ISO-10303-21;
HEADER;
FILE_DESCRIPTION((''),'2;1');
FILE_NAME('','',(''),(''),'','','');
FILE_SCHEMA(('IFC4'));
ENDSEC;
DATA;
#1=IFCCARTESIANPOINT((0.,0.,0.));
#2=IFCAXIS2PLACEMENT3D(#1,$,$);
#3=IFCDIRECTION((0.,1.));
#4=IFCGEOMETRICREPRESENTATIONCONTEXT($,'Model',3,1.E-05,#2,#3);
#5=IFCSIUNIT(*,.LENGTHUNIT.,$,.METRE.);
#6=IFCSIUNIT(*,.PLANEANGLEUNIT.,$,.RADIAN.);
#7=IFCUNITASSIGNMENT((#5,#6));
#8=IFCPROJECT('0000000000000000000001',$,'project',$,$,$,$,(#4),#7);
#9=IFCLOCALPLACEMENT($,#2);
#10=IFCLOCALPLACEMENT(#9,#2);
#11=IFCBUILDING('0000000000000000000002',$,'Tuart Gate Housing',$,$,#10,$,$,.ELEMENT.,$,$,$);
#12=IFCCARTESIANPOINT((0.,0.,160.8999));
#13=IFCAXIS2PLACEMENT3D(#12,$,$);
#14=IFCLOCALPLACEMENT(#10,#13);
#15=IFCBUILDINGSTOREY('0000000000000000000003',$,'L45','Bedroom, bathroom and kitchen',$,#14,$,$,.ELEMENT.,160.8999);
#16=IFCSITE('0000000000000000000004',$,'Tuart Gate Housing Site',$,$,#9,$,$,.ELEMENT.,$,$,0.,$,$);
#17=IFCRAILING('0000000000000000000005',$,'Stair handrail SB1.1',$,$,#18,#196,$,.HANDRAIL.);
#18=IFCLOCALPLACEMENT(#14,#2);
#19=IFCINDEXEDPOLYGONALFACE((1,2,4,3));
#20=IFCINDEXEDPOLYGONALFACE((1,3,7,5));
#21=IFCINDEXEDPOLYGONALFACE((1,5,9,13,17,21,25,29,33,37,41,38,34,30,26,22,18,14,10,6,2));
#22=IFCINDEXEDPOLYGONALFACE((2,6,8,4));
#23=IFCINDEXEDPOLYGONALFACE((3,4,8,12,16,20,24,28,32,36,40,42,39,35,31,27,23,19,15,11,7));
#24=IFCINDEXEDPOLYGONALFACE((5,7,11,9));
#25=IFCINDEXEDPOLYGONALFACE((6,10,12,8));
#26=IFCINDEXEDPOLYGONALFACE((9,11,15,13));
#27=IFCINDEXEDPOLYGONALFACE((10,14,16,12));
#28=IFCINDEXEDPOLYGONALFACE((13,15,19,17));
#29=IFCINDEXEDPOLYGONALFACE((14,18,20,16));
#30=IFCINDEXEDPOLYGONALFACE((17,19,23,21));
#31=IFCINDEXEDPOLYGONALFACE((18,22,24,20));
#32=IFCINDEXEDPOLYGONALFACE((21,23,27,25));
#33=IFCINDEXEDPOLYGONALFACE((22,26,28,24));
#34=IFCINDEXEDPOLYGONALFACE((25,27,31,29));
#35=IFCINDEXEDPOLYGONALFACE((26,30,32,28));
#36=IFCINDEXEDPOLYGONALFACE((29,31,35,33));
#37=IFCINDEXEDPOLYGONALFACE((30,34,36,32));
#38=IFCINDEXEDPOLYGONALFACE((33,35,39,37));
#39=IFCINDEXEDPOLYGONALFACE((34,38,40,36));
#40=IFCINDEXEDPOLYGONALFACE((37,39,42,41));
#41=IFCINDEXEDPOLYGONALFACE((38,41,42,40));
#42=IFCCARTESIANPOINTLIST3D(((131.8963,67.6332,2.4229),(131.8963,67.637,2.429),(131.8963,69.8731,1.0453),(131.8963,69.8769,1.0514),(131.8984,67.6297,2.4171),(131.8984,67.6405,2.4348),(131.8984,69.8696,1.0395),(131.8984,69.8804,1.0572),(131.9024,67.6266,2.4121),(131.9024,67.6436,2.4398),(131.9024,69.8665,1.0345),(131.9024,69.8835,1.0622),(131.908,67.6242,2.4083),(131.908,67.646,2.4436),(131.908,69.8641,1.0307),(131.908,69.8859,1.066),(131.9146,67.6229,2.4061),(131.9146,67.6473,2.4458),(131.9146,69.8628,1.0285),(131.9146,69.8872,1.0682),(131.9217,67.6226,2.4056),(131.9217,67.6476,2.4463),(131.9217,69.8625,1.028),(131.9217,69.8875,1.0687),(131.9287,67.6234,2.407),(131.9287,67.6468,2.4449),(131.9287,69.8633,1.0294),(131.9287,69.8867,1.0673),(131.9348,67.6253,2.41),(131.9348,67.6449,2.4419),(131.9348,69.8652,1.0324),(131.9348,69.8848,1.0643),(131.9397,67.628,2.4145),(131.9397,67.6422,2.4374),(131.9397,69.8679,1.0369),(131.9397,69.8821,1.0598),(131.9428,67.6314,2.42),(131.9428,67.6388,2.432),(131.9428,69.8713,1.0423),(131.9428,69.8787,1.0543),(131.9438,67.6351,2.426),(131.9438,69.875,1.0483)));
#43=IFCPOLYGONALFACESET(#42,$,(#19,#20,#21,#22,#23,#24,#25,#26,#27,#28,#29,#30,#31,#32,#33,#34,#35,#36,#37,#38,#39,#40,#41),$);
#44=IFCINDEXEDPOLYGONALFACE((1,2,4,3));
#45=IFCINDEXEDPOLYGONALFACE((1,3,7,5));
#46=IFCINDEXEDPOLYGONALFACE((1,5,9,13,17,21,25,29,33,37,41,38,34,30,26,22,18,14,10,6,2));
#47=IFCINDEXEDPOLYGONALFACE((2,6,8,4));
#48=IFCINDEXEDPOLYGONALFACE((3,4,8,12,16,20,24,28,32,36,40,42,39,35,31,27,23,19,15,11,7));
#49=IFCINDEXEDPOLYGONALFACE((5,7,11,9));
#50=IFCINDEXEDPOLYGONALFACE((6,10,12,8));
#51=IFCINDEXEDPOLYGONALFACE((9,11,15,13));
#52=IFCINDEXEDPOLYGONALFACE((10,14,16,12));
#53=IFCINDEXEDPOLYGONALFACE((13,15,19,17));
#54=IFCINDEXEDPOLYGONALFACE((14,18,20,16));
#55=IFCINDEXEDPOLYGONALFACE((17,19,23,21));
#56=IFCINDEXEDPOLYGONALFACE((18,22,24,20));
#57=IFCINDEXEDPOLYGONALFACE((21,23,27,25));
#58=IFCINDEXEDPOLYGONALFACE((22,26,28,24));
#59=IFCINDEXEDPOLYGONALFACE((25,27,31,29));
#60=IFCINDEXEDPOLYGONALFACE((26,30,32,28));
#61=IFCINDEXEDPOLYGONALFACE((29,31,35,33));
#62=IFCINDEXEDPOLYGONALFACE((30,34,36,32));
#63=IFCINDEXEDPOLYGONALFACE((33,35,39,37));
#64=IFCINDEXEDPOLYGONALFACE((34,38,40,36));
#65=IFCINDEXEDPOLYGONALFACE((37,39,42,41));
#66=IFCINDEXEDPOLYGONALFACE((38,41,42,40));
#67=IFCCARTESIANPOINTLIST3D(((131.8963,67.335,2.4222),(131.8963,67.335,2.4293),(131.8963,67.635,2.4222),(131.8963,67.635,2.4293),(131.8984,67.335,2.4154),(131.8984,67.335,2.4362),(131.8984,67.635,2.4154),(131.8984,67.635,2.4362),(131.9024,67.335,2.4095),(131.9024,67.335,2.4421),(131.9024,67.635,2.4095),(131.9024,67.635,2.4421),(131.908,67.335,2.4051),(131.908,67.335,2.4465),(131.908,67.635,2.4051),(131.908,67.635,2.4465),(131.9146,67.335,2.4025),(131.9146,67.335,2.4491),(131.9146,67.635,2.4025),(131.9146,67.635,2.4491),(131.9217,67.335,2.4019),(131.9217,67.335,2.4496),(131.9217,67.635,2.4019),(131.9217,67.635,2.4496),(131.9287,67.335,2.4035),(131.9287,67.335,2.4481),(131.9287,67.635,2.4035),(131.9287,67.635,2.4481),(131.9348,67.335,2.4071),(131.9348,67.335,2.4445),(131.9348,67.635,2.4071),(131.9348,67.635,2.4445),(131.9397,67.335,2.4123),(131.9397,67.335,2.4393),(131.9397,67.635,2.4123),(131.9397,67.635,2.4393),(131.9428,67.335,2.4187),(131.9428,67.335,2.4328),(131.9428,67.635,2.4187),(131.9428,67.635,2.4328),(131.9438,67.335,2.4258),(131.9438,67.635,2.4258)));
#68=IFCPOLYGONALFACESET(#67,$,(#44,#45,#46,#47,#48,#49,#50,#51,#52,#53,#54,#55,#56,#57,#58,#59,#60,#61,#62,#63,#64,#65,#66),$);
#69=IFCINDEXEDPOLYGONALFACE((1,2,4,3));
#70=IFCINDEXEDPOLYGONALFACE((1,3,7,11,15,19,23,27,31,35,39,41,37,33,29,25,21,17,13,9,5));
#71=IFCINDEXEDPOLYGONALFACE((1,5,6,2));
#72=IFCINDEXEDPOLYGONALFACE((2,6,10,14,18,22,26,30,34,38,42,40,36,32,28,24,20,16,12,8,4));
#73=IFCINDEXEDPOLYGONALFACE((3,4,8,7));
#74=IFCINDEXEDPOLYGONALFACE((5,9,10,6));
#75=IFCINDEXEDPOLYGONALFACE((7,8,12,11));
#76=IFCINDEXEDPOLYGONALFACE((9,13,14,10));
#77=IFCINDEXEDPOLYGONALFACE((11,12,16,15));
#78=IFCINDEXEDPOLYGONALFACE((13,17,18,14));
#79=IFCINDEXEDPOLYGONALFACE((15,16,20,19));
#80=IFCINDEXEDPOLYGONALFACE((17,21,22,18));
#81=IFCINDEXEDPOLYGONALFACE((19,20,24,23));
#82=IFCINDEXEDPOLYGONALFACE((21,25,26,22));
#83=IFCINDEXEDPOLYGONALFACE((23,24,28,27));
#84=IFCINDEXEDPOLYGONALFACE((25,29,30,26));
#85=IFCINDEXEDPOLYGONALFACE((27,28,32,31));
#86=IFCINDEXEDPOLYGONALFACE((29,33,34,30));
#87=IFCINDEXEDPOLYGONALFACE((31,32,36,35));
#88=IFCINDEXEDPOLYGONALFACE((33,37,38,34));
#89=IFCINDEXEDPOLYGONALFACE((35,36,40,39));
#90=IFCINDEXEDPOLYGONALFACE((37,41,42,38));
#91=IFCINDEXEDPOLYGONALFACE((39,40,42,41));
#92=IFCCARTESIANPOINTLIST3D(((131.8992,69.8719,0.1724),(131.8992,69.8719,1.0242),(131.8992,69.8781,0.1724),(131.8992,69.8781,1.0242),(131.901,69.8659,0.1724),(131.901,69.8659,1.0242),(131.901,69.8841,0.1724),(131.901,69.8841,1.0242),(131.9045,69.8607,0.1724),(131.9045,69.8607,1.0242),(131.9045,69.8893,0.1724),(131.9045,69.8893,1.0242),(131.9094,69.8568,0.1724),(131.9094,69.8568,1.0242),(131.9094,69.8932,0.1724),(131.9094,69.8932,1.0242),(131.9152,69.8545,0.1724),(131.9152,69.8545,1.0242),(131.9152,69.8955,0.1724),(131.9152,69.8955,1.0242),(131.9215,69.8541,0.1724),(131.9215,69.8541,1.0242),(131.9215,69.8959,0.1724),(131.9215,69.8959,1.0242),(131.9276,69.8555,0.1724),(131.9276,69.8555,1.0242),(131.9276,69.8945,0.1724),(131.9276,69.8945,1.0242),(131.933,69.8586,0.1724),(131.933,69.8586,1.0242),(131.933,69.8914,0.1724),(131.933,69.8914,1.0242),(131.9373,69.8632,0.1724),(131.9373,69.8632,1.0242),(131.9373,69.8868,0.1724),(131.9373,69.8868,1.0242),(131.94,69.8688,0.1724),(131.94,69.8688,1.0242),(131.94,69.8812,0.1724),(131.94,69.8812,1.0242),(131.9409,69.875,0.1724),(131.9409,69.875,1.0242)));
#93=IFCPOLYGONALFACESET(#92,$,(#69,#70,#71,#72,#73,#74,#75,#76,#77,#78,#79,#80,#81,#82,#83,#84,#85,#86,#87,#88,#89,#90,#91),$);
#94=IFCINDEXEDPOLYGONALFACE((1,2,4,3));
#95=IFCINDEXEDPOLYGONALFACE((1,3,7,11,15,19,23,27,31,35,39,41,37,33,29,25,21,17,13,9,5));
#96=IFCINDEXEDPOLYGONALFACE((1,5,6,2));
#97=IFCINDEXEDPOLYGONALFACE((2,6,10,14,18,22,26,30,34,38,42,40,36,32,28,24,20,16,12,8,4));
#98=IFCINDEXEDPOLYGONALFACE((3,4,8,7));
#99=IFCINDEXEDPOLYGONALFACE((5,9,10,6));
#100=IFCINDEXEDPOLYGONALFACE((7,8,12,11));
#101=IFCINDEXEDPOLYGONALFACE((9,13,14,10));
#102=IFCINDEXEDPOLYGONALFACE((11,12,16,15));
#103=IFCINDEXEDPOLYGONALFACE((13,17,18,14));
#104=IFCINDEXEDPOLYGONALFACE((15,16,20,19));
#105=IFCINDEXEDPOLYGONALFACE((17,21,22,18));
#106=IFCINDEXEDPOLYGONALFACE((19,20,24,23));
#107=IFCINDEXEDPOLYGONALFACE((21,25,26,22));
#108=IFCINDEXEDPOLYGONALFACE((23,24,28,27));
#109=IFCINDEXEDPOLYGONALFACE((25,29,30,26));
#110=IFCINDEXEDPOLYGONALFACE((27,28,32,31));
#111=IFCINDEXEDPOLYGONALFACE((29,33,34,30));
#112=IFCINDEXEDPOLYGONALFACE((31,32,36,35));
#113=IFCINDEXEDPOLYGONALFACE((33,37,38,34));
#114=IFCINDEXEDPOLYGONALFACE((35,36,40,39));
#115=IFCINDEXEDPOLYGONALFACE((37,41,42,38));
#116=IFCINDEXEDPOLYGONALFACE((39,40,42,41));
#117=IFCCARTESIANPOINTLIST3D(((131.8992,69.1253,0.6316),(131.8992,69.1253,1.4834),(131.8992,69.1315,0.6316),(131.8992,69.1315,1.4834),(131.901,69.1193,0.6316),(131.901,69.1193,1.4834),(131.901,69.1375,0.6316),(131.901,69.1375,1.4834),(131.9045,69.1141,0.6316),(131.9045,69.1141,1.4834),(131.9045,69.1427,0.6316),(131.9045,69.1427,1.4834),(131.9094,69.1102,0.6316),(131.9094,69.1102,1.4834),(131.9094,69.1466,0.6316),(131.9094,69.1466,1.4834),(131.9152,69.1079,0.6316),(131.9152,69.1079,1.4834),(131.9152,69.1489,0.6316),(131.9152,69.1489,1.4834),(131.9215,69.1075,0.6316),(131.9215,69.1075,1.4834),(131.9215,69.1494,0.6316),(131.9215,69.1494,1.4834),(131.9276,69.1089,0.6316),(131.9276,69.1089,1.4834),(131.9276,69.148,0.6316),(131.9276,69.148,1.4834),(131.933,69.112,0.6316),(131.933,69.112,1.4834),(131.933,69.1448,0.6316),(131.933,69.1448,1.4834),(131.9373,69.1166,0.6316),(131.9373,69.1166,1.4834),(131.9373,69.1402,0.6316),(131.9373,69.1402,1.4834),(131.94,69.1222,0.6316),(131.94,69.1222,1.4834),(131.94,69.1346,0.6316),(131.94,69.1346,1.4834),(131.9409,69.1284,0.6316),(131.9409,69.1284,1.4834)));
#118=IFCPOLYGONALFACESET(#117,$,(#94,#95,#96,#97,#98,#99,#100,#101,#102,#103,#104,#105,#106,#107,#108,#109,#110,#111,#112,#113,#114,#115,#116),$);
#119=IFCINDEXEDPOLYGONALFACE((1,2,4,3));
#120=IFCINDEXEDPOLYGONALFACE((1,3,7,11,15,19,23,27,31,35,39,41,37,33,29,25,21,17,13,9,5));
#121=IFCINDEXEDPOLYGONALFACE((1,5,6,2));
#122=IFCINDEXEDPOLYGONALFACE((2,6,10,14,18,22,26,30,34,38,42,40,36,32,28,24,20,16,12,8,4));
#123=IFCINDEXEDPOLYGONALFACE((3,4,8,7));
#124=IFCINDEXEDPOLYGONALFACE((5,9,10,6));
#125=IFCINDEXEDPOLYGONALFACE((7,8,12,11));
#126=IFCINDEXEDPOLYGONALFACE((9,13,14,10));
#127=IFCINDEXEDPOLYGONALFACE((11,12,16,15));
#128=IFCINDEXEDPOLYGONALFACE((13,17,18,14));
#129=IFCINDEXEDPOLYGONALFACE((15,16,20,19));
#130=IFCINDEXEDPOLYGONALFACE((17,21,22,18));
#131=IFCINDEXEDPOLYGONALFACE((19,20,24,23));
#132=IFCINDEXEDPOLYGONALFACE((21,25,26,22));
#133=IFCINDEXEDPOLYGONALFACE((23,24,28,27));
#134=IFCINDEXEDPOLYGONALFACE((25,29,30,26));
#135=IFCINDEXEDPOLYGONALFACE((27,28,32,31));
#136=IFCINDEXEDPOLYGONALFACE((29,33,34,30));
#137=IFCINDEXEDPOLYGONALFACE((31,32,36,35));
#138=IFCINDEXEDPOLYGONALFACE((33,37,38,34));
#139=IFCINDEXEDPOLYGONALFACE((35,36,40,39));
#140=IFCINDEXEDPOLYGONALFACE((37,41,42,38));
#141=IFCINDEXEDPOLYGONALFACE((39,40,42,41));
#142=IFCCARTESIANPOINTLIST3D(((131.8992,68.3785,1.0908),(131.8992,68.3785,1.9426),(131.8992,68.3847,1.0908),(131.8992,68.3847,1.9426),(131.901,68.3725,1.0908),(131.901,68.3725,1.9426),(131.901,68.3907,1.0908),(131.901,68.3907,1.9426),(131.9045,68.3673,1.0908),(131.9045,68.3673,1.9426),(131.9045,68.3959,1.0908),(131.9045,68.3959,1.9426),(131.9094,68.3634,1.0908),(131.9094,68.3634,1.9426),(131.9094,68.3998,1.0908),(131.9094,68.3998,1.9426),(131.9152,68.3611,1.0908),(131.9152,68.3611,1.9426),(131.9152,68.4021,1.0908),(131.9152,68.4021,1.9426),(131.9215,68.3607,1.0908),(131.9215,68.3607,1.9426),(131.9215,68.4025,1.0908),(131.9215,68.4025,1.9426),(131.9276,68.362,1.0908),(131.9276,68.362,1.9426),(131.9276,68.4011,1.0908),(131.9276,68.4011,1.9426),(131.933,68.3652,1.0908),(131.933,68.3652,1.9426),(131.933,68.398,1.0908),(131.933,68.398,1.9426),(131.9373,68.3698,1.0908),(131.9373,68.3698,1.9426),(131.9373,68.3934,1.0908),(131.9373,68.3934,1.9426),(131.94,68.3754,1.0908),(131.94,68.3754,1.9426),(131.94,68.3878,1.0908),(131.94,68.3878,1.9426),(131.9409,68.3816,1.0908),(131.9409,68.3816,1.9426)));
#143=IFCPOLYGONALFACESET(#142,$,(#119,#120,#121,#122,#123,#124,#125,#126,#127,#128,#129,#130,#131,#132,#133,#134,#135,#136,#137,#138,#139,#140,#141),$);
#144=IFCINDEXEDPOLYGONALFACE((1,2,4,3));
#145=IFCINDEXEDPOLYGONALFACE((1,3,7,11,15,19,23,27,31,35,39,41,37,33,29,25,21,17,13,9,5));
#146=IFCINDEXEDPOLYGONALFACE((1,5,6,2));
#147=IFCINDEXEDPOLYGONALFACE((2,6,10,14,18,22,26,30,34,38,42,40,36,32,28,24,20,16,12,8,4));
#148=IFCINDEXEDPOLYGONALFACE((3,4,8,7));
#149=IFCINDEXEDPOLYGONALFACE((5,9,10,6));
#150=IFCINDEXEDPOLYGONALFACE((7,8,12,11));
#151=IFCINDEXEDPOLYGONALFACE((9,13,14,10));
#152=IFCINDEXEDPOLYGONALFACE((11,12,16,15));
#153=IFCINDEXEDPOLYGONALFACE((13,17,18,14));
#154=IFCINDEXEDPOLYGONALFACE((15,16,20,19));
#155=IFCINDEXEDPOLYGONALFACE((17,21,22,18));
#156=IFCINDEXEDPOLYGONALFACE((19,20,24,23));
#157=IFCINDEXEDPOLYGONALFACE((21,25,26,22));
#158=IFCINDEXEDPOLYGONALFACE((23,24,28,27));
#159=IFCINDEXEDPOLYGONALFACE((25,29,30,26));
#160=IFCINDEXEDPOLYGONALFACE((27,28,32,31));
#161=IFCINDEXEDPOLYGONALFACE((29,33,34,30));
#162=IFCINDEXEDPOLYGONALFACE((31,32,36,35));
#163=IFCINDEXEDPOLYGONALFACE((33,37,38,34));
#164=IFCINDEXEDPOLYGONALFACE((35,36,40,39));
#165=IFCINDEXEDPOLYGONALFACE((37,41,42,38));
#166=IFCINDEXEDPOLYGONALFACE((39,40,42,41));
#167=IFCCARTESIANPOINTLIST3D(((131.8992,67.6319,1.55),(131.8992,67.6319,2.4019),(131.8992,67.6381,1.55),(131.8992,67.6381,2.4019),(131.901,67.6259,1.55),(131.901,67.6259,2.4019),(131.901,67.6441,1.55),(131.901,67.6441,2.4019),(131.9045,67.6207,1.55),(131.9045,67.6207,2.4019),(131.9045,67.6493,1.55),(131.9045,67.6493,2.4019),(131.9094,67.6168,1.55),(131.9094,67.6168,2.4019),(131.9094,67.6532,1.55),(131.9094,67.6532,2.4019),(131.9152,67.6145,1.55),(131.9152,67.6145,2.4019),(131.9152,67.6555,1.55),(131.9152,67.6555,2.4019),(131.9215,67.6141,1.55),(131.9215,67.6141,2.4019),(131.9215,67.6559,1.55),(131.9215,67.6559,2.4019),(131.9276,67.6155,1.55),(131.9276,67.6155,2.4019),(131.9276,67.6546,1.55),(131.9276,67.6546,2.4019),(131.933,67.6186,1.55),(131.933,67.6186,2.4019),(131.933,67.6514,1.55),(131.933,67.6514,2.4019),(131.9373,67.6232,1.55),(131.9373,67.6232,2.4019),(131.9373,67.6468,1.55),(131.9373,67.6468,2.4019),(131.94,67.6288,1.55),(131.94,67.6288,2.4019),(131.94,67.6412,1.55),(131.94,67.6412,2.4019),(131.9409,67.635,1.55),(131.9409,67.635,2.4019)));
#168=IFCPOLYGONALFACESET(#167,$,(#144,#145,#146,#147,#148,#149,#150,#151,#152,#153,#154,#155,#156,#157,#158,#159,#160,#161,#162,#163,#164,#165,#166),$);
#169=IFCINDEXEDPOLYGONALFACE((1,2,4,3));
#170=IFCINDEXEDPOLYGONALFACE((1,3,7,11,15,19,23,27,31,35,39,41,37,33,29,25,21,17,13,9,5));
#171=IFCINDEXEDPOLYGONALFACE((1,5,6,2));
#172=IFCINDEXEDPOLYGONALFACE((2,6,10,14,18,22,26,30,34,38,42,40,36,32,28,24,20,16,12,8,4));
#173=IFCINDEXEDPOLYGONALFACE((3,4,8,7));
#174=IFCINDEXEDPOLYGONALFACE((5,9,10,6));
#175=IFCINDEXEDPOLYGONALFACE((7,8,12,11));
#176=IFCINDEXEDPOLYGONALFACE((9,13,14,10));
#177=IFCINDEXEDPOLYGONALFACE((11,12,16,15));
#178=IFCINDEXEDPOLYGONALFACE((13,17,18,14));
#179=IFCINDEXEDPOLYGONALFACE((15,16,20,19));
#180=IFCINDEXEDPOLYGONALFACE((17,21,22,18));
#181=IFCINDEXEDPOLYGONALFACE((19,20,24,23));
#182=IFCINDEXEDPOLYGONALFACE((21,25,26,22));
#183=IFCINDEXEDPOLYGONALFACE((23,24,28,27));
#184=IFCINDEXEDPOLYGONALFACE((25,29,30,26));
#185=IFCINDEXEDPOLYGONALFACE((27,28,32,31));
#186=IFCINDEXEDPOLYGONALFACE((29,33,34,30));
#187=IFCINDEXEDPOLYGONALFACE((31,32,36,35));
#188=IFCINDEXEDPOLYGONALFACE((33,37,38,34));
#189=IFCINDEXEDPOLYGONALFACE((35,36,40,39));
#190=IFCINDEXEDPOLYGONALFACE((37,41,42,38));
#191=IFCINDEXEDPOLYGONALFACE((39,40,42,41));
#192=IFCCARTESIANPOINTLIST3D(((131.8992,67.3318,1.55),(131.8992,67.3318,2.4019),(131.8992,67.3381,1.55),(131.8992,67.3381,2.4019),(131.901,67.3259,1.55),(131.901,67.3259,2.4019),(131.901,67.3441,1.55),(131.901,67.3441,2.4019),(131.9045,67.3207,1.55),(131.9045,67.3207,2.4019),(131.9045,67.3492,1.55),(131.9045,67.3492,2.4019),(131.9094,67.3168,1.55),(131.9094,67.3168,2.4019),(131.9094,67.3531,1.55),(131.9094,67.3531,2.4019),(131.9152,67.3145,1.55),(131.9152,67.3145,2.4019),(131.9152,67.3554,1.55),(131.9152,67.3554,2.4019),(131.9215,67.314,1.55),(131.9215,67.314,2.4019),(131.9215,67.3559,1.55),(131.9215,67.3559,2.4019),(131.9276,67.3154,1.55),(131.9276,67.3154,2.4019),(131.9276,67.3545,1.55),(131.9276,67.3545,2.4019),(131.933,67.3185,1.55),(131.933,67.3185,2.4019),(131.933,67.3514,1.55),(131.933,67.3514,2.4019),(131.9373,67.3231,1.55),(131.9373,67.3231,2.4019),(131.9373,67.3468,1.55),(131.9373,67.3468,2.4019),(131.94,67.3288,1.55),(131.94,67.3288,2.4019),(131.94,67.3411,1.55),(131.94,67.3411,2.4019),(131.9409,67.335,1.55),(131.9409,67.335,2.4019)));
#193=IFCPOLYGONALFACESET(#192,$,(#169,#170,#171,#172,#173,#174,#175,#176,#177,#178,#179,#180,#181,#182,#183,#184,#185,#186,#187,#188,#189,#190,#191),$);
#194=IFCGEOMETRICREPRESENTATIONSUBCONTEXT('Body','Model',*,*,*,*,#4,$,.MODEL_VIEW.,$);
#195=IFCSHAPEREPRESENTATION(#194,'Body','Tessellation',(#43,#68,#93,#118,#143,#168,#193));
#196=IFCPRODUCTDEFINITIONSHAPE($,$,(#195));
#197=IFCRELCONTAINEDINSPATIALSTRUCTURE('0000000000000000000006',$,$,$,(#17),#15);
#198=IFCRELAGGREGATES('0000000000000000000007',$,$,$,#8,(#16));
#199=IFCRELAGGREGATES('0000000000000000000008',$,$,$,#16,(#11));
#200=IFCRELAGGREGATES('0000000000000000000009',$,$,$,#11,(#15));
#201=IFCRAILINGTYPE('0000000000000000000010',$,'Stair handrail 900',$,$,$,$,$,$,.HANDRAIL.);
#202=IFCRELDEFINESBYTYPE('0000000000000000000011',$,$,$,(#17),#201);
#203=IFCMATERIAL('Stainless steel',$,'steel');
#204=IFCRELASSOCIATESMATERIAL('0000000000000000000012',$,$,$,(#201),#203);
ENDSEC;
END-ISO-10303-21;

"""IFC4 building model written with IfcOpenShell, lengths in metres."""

from ifc_helpers import new_model, si_unit, direction, frame, origin, origin_2d, place, context, subcontext, project, spatial, circle, extrude, material, type_object, element, save


model = new_model("IFC4")

# Units and contexts
model_context = context("Model", 3, precision=1e-05, world=origin(), true_north=direction((0.0, 1.0)))
body_context = subcontext(model_context, "Body", "Model", "MODEL_VIEW")
ifc_project = project(units=[si_unit("LENGTHUNIT", "METRE"), si_unit("PLANEANGLEUNIT", "RADIAN")], contexts=[model_context])

# Site, building, storey
site_placement = place(None, origin())
site = spatial("IfcSite", under=ifc_project, at=site_placement, Name="Tuart Gate Housing Site", CompositionType="ELEMENT", RefElevation=0.0)
building_placement = place(site_placement, origin())
building = spatial("IfcBuilding", under=site, at=building_placement, Name="Tuart Gate Housing", CompositionType="ELEMENT")
storey_placement = place(building_placement, frame((0.0, 0.0, 160.8999)))
storey = spatial("IfcBuildingStorey", under=building, at=storey_placement, Name="L45", Description="Bedroom, bathroom and kitchen", CompositionType="ELEMENT", Elevation=160.8999)

# Railing
ifc_material_1 = material(Name="Stainless steel", Category="steel")
railing_type = type_object("IfcRailingType", Name="Stair handrail 900", PredefinedType="HANDRAIL", material=ifc_material_1)
railing_placement = place(storey_placement, frame((131.9199, 69.875, 0.1724)))
element("IfcRailing", 1, at=railing_placement, inside=storey, type_object=railing_type, Name="Stair handrail SB1.1", PredefinedType="HANDRAIL", context=body_context, shape_type="SweptSolid", body=[
    extrude(circle(Radius=0.0239, at=origin_2d()), frame((0.0, 0.0, 0.876), z_axis=(0.0, -0.851789, 0.523885), x_axis=(1.0, 0.0, 0.0)), (0.0, 0.0, 1.0), 2.6296),
    extrude(circle(Radius=0.0239, at=origin_2d()), frame((0.0, -2.24, 2.2534), z_axis=(0.0, -1.0, 0.0), x_axis=(1.0, 0.0, 0.0)), (0.0, 0.0, 1.0), 0.3),
    extrude(circle(Radius=0.021, at=origin_2d()), origin(), (0.0, 0.0, 1.0), 0.8518),
    extrude(circle(Radius=0.021, at=origin_2d()), frame((0.0, -0.7466, 0.4592)), (0.0, 0.0, 1.0), 0.8518),
    extrude(circle(Radius=0.021, at=origin_2d()), frame((0.0, -1.4934, 0.9185)), (0.0, 0.0, 1.0), 0.8518),
    extrude(circle(Radius=0.021, at=origin_2d()), frame((0.0, -2.24, 1.3777)), (0.0, 0.0, 1.0), 0.8518),
    extrude(circle(Radius=0.021, at=origin_2d()), frame((0.0, -2.54, 1.3777)), (0.0, 0.0, 1.0), 0.8518),
])

save(model, "model.ifc")
